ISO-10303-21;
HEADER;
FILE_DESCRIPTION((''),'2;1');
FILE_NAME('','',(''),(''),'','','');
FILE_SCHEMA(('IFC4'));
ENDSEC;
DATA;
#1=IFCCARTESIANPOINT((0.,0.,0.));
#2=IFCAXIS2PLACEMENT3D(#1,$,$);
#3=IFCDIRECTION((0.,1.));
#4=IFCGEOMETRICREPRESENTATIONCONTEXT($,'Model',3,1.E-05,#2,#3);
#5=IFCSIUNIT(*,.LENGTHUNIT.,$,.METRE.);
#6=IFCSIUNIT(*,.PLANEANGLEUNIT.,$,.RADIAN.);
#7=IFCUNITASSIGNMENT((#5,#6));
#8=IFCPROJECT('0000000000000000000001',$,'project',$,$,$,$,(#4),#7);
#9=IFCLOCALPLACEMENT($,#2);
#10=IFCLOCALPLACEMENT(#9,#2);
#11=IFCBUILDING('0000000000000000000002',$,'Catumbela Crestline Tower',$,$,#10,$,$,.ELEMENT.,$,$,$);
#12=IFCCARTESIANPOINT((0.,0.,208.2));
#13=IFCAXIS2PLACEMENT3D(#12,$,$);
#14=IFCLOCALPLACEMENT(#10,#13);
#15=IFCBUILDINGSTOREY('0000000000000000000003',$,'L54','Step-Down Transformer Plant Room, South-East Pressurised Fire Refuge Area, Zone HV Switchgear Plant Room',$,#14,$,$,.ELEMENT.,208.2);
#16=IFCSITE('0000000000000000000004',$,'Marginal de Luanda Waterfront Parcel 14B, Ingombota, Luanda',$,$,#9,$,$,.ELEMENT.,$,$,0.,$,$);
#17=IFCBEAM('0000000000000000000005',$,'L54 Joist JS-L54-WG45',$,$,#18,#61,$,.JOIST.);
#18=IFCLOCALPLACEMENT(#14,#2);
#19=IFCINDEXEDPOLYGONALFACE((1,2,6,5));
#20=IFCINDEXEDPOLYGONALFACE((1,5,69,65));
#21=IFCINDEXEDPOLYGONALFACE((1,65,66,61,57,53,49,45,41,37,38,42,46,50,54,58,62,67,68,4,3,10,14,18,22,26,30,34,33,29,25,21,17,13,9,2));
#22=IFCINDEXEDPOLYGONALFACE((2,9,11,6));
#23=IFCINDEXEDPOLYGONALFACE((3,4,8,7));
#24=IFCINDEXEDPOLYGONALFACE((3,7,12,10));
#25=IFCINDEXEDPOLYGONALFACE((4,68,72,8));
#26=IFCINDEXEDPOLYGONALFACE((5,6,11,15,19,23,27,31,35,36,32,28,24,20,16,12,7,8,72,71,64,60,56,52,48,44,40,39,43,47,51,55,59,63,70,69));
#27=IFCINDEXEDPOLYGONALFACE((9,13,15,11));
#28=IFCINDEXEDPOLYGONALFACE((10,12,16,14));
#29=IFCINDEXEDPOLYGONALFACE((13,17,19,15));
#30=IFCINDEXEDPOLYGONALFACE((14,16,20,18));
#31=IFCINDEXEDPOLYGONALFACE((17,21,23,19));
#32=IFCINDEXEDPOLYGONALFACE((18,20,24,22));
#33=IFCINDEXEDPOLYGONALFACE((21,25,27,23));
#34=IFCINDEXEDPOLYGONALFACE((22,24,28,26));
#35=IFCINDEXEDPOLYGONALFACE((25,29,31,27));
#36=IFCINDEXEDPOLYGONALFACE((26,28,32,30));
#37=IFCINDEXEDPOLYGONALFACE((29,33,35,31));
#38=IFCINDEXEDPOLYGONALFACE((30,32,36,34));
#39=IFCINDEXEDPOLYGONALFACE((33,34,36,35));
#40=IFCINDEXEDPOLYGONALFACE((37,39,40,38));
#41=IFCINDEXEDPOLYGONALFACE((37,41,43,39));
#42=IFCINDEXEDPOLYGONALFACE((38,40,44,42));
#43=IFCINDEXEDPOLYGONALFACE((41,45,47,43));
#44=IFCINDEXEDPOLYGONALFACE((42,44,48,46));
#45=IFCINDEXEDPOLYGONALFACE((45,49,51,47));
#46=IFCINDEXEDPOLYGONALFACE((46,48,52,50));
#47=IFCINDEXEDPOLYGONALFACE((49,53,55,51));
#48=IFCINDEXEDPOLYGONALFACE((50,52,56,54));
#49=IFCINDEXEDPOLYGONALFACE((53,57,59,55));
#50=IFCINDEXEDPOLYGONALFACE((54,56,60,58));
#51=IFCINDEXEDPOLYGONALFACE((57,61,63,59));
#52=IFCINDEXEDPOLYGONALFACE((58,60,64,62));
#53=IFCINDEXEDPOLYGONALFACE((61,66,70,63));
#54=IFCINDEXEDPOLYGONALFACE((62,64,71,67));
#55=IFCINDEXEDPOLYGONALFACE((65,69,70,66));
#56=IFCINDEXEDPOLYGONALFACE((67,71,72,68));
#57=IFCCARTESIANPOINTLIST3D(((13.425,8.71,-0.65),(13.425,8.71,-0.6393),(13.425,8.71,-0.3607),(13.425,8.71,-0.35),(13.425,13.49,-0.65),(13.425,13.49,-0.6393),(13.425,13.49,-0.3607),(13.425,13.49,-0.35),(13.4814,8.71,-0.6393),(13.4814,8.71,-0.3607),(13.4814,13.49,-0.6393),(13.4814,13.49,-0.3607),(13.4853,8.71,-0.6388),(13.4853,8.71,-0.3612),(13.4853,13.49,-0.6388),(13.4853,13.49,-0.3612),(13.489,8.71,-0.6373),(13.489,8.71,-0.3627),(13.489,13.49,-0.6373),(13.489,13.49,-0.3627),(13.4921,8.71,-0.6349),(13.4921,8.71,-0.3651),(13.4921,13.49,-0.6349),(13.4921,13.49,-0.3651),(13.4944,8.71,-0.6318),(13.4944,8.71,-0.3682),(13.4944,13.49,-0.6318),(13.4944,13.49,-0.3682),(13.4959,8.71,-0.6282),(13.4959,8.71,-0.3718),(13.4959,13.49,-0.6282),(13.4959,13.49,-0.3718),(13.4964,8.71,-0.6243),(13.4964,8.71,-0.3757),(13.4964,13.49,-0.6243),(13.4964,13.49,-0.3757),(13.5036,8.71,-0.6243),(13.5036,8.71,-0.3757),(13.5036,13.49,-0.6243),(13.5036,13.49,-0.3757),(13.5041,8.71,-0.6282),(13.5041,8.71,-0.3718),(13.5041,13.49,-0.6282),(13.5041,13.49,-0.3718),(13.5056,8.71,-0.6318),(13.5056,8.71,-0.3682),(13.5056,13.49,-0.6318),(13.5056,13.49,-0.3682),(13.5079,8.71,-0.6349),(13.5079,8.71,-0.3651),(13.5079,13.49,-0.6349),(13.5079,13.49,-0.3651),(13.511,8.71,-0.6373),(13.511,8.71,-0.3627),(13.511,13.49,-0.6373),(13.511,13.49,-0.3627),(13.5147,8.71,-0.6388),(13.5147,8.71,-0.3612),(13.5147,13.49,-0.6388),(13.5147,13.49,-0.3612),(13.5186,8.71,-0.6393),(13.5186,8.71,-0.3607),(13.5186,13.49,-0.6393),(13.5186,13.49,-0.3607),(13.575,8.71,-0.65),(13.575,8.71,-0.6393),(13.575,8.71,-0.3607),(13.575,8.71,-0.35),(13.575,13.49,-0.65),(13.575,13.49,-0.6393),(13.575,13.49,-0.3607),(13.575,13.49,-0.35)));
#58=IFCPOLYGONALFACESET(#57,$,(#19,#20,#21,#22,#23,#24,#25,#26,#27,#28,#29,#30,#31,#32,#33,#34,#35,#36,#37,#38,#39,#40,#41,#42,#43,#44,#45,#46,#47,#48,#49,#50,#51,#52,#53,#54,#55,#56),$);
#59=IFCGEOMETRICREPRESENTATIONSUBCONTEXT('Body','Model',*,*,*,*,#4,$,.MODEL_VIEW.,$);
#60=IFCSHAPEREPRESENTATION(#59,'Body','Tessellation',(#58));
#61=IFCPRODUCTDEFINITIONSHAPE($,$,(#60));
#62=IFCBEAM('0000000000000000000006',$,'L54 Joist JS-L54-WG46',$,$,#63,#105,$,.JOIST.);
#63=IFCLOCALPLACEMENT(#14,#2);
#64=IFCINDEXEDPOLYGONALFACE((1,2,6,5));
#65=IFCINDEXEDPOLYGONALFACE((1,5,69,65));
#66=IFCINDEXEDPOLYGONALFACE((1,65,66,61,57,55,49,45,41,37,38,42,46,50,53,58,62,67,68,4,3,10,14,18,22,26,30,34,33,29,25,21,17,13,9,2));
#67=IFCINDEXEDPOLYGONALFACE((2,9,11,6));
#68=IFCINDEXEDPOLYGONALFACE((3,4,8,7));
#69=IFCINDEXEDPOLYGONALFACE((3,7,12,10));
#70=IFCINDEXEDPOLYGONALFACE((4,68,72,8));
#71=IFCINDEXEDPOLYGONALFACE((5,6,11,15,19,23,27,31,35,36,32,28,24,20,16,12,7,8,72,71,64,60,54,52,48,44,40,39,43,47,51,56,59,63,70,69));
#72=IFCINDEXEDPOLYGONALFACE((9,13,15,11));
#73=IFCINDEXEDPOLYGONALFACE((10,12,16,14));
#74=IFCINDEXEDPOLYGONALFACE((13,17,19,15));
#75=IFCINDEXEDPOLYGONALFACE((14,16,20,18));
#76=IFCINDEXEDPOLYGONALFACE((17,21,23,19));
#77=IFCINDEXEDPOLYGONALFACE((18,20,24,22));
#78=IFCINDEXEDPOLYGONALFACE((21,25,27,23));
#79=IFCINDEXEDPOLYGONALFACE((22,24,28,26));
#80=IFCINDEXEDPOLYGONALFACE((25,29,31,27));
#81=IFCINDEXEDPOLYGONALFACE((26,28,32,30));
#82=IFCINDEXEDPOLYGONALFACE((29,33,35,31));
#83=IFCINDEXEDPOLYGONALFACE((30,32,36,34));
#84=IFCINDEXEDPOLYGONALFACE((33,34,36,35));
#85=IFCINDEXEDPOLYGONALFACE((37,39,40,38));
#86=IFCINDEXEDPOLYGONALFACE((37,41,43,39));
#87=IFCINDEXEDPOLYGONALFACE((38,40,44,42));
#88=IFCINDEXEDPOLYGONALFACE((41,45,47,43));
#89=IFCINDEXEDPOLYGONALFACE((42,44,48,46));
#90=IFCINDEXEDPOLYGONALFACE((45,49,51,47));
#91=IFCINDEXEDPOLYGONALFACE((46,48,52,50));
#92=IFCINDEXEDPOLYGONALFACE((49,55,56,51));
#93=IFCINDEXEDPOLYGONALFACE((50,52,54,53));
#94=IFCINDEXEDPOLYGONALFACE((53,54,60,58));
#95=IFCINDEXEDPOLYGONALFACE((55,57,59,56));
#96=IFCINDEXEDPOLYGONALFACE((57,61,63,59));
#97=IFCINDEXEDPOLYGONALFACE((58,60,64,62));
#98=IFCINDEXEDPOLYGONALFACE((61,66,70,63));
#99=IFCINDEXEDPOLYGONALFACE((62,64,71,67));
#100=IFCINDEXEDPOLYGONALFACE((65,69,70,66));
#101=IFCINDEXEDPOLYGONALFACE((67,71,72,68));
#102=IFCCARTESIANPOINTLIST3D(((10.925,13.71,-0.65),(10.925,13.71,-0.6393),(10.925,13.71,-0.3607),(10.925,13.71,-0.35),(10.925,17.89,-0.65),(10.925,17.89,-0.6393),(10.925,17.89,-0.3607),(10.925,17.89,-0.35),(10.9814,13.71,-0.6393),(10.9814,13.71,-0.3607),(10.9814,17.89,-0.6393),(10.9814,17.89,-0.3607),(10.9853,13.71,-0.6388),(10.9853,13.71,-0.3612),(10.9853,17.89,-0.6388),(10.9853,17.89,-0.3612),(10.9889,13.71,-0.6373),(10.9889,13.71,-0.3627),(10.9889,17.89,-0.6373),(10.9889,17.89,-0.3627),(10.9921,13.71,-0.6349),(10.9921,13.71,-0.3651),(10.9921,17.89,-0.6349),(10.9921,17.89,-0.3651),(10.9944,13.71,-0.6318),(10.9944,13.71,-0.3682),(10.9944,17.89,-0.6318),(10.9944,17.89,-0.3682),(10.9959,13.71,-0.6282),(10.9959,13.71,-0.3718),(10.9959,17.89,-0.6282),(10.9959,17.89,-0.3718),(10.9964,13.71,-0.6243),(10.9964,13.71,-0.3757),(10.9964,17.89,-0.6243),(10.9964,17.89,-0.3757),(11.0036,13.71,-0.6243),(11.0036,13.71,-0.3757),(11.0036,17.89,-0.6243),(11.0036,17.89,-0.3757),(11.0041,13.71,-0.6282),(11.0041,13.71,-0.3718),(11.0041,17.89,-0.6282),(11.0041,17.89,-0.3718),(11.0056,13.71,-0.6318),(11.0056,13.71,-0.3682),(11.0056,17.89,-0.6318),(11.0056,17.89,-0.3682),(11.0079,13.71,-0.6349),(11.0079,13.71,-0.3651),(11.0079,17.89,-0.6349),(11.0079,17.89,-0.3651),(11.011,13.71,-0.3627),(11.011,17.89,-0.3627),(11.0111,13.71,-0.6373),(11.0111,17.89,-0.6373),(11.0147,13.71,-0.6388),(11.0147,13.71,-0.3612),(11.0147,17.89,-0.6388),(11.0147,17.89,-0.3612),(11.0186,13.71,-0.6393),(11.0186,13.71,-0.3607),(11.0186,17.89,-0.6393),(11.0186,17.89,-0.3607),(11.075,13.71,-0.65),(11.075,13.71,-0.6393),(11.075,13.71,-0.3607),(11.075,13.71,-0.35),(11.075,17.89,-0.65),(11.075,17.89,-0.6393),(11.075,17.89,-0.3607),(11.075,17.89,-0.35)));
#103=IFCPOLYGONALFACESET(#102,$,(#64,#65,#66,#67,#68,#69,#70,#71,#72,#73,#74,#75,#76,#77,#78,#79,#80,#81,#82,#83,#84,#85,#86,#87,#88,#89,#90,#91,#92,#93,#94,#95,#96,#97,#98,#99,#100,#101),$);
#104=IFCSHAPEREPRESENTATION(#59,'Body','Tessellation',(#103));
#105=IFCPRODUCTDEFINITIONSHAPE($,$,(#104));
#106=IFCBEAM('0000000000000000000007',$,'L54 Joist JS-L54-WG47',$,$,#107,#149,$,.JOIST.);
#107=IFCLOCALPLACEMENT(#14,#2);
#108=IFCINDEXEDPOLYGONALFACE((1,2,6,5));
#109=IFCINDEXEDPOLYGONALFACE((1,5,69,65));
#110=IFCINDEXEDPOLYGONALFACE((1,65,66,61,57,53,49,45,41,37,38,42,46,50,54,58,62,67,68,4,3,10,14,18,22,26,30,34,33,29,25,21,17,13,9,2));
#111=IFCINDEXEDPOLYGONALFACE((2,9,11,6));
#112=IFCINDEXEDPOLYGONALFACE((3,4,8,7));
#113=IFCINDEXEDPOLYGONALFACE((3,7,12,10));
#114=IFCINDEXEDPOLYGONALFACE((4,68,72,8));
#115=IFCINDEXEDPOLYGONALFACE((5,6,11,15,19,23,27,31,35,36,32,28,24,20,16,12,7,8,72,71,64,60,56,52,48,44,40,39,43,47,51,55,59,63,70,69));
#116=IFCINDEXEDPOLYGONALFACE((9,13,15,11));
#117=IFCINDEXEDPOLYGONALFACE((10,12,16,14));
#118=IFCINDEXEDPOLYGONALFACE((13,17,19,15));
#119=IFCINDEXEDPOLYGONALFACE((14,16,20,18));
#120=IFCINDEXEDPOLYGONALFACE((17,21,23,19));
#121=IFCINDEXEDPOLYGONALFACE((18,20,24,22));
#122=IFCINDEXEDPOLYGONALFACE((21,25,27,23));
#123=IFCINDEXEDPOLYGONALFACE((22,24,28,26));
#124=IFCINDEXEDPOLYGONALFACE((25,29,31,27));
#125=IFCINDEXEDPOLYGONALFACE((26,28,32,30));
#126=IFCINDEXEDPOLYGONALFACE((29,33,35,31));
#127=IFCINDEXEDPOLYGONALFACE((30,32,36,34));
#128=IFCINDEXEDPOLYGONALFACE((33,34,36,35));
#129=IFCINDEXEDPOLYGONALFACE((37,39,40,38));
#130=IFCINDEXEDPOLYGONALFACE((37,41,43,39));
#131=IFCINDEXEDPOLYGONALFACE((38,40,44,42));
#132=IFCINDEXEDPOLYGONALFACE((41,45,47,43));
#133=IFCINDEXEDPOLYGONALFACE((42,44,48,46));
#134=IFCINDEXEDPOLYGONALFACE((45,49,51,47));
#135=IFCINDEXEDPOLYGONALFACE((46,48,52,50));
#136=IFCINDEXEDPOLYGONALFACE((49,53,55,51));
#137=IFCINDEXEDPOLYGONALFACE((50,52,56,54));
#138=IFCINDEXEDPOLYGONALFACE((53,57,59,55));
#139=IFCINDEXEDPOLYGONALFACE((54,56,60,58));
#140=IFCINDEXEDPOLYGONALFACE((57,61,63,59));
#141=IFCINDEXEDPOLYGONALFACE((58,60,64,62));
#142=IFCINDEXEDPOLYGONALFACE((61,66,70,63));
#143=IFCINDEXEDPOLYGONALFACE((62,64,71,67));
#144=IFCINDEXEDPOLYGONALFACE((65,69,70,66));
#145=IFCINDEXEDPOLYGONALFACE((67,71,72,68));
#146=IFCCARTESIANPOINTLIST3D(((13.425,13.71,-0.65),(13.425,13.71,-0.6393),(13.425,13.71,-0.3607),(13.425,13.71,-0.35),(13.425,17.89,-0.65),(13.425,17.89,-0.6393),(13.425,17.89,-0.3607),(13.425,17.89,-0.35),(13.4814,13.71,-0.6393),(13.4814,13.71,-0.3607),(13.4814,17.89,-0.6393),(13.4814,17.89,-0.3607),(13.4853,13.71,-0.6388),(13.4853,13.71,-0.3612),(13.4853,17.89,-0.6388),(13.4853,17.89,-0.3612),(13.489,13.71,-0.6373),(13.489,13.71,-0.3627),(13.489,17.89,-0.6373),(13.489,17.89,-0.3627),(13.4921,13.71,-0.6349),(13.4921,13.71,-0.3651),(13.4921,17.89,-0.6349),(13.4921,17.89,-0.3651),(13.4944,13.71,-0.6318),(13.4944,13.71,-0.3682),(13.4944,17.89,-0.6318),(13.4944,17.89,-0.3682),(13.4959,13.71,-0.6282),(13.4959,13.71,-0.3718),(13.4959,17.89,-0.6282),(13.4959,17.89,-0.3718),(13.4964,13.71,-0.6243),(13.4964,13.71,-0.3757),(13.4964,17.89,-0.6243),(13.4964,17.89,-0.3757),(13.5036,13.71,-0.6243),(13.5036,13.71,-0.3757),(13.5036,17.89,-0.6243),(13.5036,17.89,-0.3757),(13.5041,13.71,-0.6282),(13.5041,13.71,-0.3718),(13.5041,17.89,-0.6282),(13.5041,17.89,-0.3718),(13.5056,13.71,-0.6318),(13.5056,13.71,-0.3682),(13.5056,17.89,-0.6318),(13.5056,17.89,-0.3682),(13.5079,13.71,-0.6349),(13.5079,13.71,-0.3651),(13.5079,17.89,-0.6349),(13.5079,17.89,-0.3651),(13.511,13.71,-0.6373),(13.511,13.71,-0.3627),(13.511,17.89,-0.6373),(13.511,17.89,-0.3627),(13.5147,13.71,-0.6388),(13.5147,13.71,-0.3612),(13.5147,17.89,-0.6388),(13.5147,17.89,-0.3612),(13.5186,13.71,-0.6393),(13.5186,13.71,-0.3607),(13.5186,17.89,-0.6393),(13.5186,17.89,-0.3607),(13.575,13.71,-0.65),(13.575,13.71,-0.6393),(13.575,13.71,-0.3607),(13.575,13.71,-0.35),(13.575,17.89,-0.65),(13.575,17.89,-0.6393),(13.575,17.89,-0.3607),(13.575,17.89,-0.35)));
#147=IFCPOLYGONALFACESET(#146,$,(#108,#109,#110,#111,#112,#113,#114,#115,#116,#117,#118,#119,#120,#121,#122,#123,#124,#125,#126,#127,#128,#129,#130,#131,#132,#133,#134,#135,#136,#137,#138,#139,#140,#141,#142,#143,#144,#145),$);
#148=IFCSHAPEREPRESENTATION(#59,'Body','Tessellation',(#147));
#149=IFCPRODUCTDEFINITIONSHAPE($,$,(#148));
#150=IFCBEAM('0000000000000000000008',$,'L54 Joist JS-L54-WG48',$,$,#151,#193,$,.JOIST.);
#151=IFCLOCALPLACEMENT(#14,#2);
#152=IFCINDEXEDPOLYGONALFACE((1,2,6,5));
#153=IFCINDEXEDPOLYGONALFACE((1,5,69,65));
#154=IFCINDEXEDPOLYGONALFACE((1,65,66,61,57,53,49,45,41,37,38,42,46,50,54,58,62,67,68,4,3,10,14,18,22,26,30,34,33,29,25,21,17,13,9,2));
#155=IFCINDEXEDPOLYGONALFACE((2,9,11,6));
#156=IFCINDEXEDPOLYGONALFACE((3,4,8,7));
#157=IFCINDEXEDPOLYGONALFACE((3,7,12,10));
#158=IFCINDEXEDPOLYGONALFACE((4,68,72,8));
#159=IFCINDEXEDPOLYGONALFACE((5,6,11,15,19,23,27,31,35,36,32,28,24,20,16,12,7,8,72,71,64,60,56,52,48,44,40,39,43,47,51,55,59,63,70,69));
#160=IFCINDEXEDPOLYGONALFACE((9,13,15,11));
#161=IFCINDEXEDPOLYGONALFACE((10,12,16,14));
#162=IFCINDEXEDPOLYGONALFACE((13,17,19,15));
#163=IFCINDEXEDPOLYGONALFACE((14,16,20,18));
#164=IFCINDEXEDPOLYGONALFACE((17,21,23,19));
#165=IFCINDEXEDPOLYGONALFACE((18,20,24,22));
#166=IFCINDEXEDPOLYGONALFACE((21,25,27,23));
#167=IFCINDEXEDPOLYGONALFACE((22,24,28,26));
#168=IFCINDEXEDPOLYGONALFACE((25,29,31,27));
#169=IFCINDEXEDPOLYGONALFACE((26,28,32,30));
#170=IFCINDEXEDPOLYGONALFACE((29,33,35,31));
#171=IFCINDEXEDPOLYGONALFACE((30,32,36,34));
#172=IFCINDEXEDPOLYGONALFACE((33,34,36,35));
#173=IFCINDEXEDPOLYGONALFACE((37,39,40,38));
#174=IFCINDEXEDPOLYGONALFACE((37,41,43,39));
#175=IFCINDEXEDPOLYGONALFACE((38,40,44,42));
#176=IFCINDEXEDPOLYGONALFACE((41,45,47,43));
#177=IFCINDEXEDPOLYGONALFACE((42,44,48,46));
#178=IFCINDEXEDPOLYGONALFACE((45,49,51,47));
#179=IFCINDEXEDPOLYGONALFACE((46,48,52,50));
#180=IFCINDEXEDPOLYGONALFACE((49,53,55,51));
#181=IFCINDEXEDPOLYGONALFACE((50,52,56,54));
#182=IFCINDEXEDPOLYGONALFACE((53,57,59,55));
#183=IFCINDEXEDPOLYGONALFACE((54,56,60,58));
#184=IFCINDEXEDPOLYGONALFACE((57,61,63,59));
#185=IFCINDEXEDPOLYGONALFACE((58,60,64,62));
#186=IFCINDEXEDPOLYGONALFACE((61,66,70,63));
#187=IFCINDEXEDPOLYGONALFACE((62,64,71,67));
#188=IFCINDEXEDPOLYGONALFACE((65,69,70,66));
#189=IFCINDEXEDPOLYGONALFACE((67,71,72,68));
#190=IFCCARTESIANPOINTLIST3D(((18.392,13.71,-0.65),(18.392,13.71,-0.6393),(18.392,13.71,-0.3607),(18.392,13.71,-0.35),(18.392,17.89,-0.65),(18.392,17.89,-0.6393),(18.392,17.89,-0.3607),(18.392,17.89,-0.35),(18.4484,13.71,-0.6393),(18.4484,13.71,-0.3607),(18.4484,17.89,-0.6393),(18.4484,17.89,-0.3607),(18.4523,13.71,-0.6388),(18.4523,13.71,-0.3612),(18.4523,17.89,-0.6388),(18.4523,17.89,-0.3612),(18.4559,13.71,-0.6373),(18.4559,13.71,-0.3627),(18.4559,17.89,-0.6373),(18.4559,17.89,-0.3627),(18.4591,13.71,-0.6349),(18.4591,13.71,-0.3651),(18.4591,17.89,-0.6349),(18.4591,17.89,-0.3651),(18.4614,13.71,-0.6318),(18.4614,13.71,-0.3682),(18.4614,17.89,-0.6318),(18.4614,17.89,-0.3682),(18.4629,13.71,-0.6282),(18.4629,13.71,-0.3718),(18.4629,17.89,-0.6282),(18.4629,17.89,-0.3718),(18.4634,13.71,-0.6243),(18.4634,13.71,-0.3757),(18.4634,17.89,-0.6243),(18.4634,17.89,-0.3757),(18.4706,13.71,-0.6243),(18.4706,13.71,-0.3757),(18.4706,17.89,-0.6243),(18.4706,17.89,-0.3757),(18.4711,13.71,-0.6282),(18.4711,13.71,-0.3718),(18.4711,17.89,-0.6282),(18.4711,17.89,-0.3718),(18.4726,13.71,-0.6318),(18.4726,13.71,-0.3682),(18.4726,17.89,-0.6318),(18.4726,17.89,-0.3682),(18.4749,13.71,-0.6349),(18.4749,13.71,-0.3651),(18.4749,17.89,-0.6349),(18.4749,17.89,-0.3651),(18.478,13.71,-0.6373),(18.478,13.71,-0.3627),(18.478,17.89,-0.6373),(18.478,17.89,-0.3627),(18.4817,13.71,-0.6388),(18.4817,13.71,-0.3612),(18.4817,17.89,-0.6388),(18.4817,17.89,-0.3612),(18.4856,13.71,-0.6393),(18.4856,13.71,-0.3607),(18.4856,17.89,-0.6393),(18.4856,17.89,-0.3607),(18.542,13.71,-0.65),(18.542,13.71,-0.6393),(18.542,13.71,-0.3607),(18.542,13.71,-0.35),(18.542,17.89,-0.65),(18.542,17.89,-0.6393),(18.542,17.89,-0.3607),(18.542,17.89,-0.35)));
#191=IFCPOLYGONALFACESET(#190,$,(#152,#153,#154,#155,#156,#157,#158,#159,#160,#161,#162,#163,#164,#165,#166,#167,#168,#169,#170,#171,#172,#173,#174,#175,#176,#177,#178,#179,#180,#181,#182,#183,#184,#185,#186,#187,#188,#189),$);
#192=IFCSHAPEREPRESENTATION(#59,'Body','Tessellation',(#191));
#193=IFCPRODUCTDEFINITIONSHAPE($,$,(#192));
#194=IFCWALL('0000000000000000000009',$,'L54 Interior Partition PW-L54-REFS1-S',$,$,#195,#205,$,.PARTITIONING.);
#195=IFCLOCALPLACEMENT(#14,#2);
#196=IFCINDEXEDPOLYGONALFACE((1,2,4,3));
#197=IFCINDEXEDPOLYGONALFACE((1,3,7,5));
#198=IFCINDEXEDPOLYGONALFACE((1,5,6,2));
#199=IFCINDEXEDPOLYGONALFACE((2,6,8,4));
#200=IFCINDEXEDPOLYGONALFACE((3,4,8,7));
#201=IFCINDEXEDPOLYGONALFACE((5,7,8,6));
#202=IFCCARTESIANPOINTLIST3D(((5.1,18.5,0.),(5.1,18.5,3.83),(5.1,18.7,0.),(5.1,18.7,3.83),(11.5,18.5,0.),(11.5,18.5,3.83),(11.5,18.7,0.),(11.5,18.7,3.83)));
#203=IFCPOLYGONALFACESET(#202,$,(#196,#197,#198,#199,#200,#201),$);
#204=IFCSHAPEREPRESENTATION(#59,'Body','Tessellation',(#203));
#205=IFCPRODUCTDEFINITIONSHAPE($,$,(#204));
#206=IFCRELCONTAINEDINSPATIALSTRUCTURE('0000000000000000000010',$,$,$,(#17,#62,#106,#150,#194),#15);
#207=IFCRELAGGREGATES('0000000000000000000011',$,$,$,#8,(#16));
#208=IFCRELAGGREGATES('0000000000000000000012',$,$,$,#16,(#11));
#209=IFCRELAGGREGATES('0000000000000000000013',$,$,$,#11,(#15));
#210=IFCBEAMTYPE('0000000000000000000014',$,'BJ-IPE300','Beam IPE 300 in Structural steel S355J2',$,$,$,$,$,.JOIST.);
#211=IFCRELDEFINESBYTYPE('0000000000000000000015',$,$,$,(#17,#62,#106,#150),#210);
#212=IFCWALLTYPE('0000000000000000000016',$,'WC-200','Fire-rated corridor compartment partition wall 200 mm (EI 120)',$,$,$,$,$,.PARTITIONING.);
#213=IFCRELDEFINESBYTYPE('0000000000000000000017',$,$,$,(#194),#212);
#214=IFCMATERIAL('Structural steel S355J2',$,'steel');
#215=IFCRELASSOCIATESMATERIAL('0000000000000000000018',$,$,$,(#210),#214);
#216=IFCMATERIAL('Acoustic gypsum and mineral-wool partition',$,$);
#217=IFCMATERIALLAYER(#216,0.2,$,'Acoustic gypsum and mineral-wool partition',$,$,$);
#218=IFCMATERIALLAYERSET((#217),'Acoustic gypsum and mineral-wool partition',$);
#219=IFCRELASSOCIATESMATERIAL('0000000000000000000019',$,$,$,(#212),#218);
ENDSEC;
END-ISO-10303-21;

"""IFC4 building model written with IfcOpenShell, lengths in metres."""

from ifc_helpers import new_model, si_unit, direction, frame, frame_2d, origin, origin_2d, place, context, subcontext, project, spatial, rectangle, i_section, extrude, material, layer, layer_set, material_profile, profile_set, type_object, element, save


model = new_model("IFC4")

# Units and contexts
model_context = context("Model", 3, precision=1e-05, world=origin(), true_north=direction((0.0, 1.0)))
body_context = subcontext(model_context, "Body", "Model", "MODEL_VIEW")
ifc_project = project(units=[si_unit("LENGTHUNIT", "METRE"), si_unit("PLANEANGLEUNIT", "RADIAN")], contexts=[model_context])

# Site, building, storey
site_placement = place(None, origin())
site = spatial("IfcSite", under=ifc_project, at=site_placement, Name="Marginal de Luanda Waterfront Parcel 14B, Ingombota, Luanda", CompositionType="ELEMENT", RefElevation=0.0)
building_placement = place(site_placement, origin())
building = spatial("IfcBuilding", under=site, at=building_placement, Name="Catumbela Crestline Tower", CompositionType="ELEMENT")
storey_placement = place(building_placement, frame((0.0, 0.0, 208.2)))
storey = spatial("IfcBuildingStorey", under=building, at=storey_placement, Name="L54", Description="Step-Down Transformer Plant Room, South-East Pressurised Fire Refuge Area, Zone HV Switchgear Plant Room", CompositionType="ELEMENT", Elevation=208.2)

# Shared definitions
ifc_material_1 = material(Name="Structural steel S355J2", Category="steel")

# Beams
ifc_material_profile_1 = material_profile(ifc_material_1, i_section(OverallWidth=0.15, OverallDepth=0.3, WebThickness=0.0071, FlangeThickness=0.0107, FilletRadius=0.015, at=origin_2d()), Name="IPE 300")
ifc_profile_set_1 = profile_set([ifc_material_profile_1], Name="Structural steel S355J2")
beam_type_1 = type_object("IfcBeamType", Name="BJ-IPE300", Description="Beam IPE 300 in Structural steel S355J2", PredefinedType="JOIST", material=ifc_profile_set_1)
for number, where, z_axis, x_axis, name in (
    (1, (13.5, 8.71, -0.5), (0.0, 1.0, 0.0), (-1.0, 0.0, 0.0), "L54 Joist JS-L54-WG45"),
):
    element("IfcBeam", number, at=place(storey_placement, frame(where, z_axis=z_axis, x_axis=x_axis)), inside=storey, type_object=beam_type_1, Name=name, PredefinedType="JOIST", context=body_context, shape_type="SweptSolid", body=[
        extrude(i_section(OverallWidth=0.15, OverallDepth=0.3, WebThickness=0.0071, FlangeThickness=0.0107, FilletRadius=0.015, at=origin_2d()), origin(), (0.0, 0.0, 1.0), 4.78),
    ])
for number, where, z_axis, x_axis, name in (
    (2, (11.0, 13.71, -0.5), (0.0, 1.0, 0.0), (-1.0, 0.0, 0.0), "L54 Joist JS-L54-WG46"),
    (3, (13.5, 13.71, -0.5), (0.0, 1.0, 0.0), (-1.0, 0.0, 0.0), "L54 Joist JS-L54-WG47"),
    (4, (18.467, 13.71, -0.5), (0.0, 1.0, 0.0), (-1.0, 0.0, 0.0), "L54 Joist JS-L54-WG48"),
):
    element("IfcBeam", number, at=place(storey_placement, frame(where, z_axis=z_axis, x_axis=x_axis)), inside=storey, type_object=beam_type_1, Name=name, PredefinedType="JOIST", context=body_context, shape_type="SweptSolid", body=[
        extrude(i_section(OverallWidth=0.15, OverallDepth=0.3, WebThickness=0.0071, FlangeThickness=0.0107, FilletRadius=0.015, at=origin_2d()), origin(), (0.0, 0.0, 1.0), 4.18),
    ])

# Wall
ifc_material_2 = material(Name="Acoustic gypsum and mineral-wool partition")
ifc_layer = layer(ifc_material_2, 0.2, Name="Acoustic gypsum and mineral-wool partition")
ifc_layer_set = layer_set([ifc_layer], Name="Acoustic gypsum and mineral-wool partition")
wall_type = type_object("IfcWallType", Name="WC-200", Description="Fire-rated corridor compartment partition wall 200 mm (EI 120)", PredefinedType="PARTITIONING", material=ifc_layer_set)
wall_1_placement = place(storey_placement, frame((5.1, 18.6, 0.0), z_axis=(0.0, 0.0, 1.0), x_axis=(1.0, 0.0, 0.0)))
element("IfcWall", 5, at=wall_1_placement, inside=storey, type_object=wall_type, Name="L54 Interior Partition PW-L54-REFS1-S", PredefinedType="PARTITIONING", context=body_context, shape_type="SweptSolid", body=[
    extrude(rectangle(XDim=6.4, YDim=0.2, at=frame_2d((3.2, 0.0))), origin(), (0.0, 0.0, 1.0), 3.83),
])

save(model, "model.ifc")
